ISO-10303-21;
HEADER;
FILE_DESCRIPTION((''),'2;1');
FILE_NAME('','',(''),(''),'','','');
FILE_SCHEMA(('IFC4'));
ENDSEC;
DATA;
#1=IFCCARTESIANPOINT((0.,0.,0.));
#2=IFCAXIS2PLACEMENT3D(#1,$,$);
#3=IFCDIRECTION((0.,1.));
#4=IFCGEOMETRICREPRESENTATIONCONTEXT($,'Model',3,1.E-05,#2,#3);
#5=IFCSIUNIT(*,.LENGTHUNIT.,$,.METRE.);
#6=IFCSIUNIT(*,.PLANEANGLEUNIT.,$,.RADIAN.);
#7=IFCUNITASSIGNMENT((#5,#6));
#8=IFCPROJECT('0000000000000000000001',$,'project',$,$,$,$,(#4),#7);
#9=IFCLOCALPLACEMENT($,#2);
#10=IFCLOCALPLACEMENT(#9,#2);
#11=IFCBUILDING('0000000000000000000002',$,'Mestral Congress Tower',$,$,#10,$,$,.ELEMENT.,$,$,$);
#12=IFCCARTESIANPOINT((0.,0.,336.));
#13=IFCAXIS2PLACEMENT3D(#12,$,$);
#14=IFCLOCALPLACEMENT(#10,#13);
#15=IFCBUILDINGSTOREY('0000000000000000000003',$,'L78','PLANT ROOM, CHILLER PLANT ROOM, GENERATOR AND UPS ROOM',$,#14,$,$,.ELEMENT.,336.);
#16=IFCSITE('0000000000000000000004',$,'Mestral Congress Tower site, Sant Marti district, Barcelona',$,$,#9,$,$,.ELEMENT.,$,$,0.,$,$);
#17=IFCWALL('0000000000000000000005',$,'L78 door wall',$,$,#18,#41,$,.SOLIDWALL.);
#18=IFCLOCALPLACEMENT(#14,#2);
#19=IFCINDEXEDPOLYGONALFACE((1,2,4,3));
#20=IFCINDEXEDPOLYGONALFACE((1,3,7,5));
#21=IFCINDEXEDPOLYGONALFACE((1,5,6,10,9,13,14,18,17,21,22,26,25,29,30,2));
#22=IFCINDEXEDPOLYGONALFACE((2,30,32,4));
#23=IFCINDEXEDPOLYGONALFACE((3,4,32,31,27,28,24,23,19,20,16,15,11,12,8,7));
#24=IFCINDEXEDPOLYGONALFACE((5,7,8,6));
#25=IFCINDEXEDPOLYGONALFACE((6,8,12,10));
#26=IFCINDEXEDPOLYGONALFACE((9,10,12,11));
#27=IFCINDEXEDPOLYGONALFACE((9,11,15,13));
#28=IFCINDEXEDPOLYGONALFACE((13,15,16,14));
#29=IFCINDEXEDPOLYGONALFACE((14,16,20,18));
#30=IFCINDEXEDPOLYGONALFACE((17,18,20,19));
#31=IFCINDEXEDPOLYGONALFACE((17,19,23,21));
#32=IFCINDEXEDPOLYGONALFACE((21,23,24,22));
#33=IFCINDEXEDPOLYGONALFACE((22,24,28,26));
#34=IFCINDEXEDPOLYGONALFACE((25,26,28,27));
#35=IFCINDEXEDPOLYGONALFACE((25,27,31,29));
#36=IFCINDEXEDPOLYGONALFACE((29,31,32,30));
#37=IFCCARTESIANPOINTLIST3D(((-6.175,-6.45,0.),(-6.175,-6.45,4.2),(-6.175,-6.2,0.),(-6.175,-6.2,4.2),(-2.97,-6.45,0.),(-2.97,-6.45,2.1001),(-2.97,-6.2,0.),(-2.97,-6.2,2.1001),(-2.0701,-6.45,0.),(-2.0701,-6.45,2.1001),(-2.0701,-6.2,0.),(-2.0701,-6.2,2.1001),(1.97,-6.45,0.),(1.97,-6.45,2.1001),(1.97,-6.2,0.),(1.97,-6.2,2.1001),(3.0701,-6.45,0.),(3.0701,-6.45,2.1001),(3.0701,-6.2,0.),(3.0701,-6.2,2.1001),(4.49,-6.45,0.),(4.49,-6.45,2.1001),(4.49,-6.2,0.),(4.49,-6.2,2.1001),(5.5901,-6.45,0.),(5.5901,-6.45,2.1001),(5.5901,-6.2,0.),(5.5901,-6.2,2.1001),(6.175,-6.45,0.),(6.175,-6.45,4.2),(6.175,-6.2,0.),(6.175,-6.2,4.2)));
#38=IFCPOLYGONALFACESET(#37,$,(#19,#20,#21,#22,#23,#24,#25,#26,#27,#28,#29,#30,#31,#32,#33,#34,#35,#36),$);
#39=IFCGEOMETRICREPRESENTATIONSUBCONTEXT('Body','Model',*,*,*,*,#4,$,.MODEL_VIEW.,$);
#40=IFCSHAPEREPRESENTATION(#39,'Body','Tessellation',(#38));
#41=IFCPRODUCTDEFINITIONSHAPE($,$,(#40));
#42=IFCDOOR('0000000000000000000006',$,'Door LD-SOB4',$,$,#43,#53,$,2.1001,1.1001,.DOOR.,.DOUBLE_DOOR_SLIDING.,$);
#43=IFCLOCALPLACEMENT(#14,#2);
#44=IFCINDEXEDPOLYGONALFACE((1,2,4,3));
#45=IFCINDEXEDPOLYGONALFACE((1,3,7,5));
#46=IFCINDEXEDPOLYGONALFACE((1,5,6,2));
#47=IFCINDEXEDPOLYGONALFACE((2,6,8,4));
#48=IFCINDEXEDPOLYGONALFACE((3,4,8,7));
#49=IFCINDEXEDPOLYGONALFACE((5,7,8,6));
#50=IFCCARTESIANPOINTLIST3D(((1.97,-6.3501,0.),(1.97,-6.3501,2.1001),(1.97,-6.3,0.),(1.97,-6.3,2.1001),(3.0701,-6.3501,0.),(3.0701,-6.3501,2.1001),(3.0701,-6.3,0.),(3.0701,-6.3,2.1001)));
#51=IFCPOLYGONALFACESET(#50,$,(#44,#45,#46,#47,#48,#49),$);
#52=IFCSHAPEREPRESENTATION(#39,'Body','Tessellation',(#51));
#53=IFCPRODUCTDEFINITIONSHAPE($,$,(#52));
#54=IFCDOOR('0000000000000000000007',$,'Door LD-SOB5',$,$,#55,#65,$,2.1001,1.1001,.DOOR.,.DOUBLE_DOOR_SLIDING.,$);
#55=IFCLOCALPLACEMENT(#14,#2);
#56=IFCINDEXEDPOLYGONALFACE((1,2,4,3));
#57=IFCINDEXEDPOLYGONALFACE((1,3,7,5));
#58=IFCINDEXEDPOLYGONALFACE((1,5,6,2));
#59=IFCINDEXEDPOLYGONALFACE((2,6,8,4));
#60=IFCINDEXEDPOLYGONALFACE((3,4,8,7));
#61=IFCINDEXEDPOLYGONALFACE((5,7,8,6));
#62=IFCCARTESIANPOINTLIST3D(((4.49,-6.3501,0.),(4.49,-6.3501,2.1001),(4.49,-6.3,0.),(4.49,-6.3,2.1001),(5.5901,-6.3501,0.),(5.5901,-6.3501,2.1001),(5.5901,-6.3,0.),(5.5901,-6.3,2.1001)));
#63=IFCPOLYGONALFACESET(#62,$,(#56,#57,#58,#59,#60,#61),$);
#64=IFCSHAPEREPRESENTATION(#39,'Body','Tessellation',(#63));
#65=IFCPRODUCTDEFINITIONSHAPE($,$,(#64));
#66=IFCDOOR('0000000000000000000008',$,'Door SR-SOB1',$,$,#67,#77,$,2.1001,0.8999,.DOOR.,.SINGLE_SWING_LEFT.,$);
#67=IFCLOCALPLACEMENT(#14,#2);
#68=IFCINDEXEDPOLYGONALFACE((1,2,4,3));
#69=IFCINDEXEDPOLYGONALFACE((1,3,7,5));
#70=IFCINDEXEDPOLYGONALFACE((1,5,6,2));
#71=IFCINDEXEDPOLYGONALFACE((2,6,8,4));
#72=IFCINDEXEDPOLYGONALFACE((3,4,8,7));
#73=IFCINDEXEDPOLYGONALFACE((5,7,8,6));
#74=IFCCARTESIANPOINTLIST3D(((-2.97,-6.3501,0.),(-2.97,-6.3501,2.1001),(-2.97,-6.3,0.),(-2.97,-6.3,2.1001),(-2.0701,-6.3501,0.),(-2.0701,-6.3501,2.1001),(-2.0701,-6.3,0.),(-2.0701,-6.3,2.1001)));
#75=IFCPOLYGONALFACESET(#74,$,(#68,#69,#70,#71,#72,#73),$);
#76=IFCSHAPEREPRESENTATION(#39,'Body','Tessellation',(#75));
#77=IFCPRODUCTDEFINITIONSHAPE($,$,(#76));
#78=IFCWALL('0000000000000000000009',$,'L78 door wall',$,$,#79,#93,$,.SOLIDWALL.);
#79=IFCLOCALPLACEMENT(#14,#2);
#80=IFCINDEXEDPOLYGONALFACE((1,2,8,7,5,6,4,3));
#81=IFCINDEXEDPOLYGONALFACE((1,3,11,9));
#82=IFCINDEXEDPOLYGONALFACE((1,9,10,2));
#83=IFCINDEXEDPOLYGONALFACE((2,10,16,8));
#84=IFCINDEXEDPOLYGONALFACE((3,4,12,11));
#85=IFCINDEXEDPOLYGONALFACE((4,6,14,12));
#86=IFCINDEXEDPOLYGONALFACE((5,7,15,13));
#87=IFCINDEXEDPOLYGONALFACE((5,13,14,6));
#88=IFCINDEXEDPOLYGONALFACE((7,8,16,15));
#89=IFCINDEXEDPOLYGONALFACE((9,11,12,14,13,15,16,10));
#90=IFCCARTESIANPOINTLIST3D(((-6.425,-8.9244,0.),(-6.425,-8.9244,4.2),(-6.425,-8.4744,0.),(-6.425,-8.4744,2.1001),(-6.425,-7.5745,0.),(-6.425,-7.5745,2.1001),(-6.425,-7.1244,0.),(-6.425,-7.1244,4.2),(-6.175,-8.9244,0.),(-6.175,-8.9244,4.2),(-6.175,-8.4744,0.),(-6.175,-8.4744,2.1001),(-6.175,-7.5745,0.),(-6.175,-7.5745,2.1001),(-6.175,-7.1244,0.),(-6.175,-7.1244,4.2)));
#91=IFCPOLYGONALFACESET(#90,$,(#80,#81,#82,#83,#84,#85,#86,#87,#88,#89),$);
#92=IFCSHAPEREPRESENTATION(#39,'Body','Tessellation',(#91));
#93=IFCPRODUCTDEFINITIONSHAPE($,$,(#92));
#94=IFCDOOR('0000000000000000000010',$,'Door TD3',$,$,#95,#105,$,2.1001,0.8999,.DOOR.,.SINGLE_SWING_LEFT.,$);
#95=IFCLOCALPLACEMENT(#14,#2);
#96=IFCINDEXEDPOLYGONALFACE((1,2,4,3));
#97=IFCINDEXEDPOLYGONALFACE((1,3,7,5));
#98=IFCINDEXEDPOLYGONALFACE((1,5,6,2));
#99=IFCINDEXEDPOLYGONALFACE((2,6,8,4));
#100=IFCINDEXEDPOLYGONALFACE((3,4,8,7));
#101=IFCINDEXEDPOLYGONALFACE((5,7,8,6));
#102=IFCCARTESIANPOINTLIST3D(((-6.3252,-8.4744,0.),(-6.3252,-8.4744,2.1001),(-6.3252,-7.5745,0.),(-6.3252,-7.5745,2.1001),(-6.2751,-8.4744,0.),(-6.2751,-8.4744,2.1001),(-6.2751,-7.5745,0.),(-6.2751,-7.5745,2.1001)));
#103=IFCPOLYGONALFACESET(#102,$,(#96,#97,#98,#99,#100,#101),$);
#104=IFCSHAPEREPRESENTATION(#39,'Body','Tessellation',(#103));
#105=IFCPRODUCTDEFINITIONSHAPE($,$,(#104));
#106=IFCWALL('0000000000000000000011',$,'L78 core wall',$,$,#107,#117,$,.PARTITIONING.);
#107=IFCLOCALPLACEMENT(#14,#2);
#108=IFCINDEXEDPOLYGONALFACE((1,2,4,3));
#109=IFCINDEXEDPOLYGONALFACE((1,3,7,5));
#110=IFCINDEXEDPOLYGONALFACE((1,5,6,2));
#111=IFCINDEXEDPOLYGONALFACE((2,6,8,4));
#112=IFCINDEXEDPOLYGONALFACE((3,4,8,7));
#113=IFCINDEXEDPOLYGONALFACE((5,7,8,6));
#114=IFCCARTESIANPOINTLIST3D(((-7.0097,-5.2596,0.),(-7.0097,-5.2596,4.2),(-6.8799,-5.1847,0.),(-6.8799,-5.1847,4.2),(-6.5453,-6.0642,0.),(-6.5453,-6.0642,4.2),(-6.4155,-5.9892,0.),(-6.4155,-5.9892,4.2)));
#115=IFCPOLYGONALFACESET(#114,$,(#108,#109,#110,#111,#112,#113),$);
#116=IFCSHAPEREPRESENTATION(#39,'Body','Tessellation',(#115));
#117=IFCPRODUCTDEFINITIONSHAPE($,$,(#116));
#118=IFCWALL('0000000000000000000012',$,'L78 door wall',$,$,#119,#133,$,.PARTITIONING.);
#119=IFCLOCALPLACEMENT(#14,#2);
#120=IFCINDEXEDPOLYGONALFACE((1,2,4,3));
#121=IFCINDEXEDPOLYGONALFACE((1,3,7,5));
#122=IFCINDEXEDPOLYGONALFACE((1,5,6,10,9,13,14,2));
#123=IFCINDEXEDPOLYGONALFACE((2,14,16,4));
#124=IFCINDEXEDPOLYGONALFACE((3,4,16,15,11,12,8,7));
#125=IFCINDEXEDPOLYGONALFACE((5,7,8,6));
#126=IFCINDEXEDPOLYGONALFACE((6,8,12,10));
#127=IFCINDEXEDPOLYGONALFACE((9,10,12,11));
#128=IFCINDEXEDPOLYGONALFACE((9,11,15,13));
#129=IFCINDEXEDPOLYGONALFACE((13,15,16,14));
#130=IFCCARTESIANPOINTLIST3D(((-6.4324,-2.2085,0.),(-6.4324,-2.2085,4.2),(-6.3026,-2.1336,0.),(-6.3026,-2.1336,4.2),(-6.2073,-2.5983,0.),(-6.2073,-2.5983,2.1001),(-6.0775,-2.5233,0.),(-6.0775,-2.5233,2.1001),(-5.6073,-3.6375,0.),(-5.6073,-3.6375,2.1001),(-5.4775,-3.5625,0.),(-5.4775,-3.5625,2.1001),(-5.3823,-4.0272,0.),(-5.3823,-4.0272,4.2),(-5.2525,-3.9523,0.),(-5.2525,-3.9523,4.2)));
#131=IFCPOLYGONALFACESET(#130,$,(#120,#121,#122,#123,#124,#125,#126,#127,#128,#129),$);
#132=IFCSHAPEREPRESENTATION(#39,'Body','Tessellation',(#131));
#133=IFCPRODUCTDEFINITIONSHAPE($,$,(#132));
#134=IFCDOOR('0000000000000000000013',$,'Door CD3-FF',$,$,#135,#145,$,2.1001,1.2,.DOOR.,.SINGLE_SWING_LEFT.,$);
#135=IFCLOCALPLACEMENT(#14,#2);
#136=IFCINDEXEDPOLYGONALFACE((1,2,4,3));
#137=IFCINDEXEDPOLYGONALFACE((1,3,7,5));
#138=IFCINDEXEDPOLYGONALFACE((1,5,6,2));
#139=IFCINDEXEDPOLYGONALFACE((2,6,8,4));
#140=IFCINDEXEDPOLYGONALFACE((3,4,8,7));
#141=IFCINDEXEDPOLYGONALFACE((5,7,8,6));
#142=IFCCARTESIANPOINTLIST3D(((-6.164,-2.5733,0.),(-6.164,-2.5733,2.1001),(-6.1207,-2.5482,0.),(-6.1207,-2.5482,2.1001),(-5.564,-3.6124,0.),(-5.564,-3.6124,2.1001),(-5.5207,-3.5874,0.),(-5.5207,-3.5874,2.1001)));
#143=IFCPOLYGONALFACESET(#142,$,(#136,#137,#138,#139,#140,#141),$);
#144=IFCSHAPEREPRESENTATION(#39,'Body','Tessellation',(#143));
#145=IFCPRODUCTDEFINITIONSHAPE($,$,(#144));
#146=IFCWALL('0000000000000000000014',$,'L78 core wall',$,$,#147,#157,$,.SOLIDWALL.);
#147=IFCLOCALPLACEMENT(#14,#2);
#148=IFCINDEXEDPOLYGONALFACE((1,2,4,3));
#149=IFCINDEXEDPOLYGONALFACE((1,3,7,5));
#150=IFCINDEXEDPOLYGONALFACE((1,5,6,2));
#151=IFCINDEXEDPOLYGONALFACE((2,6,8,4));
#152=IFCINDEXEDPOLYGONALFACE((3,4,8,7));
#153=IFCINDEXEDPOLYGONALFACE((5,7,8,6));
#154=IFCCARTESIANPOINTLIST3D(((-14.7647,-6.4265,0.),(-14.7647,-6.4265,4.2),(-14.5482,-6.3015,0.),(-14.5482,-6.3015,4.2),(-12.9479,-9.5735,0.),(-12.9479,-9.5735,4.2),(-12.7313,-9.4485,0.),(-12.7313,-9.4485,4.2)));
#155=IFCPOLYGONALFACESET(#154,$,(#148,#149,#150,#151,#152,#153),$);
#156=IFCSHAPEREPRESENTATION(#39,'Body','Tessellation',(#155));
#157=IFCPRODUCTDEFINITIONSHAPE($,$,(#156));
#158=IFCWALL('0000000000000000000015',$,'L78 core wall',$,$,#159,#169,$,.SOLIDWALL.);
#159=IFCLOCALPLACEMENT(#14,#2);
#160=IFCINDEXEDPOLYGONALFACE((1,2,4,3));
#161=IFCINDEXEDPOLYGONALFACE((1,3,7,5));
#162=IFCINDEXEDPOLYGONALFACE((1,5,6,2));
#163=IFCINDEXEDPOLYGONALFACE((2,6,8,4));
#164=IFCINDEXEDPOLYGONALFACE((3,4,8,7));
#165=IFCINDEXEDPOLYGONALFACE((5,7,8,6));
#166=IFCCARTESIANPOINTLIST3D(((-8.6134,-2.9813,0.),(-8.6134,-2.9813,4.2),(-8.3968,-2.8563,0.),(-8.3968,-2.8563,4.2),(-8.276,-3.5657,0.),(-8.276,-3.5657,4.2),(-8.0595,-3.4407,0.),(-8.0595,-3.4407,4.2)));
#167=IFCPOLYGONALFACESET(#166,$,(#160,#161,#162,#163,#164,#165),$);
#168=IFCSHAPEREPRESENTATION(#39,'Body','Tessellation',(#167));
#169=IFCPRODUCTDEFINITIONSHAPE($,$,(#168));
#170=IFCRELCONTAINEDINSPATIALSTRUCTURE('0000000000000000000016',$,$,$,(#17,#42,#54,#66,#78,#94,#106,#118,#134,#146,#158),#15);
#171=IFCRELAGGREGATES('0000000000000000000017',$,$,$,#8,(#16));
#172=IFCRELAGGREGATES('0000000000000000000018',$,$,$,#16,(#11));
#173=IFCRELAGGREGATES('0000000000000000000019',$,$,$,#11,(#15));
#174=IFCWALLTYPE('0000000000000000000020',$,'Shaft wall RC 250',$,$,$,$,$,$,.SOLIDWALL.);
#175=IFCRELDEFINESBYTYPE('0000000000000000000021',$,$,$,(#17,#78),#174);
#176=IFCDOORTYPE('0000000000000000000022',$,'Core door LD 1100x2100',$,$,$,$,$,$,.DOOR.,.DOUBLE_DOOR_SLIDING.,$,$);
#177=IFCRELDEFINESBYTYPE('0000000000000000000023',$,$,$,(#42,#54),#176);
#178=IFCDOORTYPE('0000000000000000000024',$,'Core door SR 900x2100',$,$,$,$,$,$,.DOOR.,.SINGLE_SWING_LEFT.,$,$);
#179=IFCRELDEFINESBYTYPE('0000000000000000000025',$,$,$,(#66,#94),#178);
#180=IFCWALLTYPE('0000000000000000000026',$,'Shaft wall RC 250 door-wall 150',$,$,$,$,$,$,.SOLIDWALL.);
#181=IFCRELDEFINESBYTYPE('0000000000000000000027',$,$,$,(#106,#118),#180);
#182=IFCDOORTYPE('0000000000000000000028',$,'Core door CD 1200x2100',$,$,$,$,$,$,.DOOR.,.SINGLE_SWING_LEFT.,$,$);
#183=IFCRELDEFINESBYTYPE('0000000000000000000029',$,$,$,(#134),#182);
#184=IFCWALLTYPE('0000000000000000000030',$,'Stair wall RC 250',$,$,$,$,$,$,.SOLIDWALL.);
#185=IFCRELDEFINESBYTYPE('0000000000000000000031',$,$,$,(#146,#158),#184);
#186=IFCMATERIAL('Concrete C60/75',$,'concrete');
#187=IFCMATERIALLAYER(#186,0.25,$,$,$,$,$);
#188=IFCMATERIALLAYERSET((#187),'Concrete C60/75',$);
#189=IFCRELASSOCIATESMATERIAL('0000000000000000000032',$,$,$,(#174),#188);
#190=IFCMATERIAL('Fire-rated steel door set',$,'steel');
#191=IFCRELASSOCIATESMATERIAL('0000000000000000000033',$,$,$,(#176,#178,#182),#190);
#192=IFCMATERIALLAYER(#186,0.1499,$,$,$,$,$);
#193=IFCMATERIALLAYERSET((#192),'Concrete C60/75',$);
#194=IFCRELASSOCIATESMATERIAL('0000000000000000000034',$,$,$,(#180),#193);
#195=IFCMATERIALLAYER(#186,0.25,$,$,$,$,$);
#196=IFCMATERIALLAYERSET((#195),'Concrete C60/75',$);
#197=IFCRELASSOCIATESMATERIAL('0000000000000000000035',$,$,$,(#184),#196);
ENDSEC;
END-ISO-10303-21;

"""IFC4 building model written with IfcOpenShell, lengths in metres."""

from ifc_helpers import new_model, si_unit, direction, frame, frame_2d, origin, place, context, subcontext, project, spatial, rectangle, extrude, material, layer, layer_set, type_object, element, fill, save


model = new_model("IFC4")

# Units and contexts
model_context = context("Model", 3, precision=1e-05, world=origin(), true_north=direction((0.0, 1.0)))
body_context = subcontext(model_context, "Body", "Model", "MODEL_VIEW")
ifc_project = project(units=[si_unit("LENGTHUNIT", "METRE"), si_unit("PLANEANGLEUNIT", "RADIAN")], contexts=[model_context])

# Site, building, storey
site_placement = place(None, origin())
site = spatial("IfcSite", under=ifc_project, at=site_placement, Name="Mestral Congress Tower site, Sant Marti district, Barcelona", CompositionType="ELEMENT", RefElevation=0.0)
building_placement = place(site_placement, origin())
building = spatial("IfcBuilding", under=site, at=building_placement, Name="Mestral Congress Tower", CompositionType="ELEMENT")
storey_placement = place(building_placement, frame((0.0, 0.0, 336.0)))
storey = spatial("IfcBuildingStorey", under=building, at=storey_placement, Name="L78", Description="PLANT ROOM, CHILLER PLANT ROOM, GENERATOR AND UPS ROOM", CompositionType="ELEMENT", Elevation=336.0)

# Shared definitions
ifc_material_1 = material(Name="Concrete C60/75", Category="concrete")
ifc_layer_1 = layer(ifc_material_1, 0.25)
ifc_layer_set_1 = layer_set([ifc_layer_1], Name="Concrete C60/75")
wall_type_1 = type_object("IfcWallType", Name="Shaft wall RC 250", PredefinedType="SOLIDWALL", material=ifc_layer_set_1)

# Wall, openings, doors
wall_1_placement = place(storey_placement, frame((-6.175, -6.325, 0.0), z_axis=(0.0, 0.0, 1.0), x_axis=(1.0, 0.0, 0.0)))
wall_1 = element("IfcWall", 1, at=wall_1_placement, inside=storey, type_object=wall_type_1, Name="L78 door wall", PredefinedType="SOLIDWALL", context=body_context, shape_type="SweptSolid", body=[
    extrude(rectangle(XDim=12.3501, YDim=0.25, at=frame_2d((6.175, 0.0))), origin(), (0.0, 0.0, 1.0), 4.2),
])
opening_1_placement = place(wall_1_placement, frame((3.2051, 0.0, 0.0)))
opening_1 = element("IfcOpeningElement", 2, at=opening_1_placement, cuts=wall_1, PredefinedType="OPENING", context=body_context, shape_type="SweptSolid", body=[
    extrude(rectangle(XDim=0.8999, YDim=2.1001, at=frame_2d((0.45, 1.05))), frame((0.0, 0.135, 0.0), z_axis=(0.0, -1.0, 0.0), x_axis=(1.0, 0.0, 0.0)), (0.0, 0.0, 1.0), 0.27),
])
opening_2_placement = place(wall_1_placement, frame((8.145, 0.0, 0.0)))
opening_2 = element("IfcOpeningElement", 3, at=opening_2_placement, cuts=wall_1, PredefinedType="OPENING", context=body_context, shape_type="SweptSolid", body=[
    extrude(rectangle(XDim=1.1001, YDim=2.1001, at=frame_2d((0.55, 1.05))), frame((0.0, 0.135, 0.0), z_axis=(0.0, -1.0, 0.0), x_axis=(1.0, 0.0, 0.0)), (0.0, 0.0, 1.0), 0.27),
])
opening_3_placement = place(wall_1_placement, frame((10.665, 0.0, 0.0)))
opening_3 = element("IfcOpeningElement", 4, at=opening_3_placement, cuts=wall_1, PredefinedType="OPENING", context=body_context, shape_type="SweptSolid", body=[
    extrude(rectangle(XDim=1.1001, YDim=2.1001, at=frame_2d((0.55, 1.05))), frame((0.0, 0.135, 0.0), z_axis=(0.0, -1.0, 0.0), x_axis=(1.0, 0.0, 0.0)), (0.0, 0.0, 1.0), 0.27),
])
ifc_material_2 = material(Name="Fire-rated steel door set", Category="steel")
door_type_1 = type_object("IfcDoorType", Name="Core door LD 1100x2100", OperationType="DOUBLE_DOOR_SLIDING", PredefinedType="DOOR", material=ifc_material_2)
door_1_placement = place(opening_2_placement, origin())
door_1 = element("IfcDoor", 5, at=door_1_placement, inside=storey, type_object=door_type_1, Name="Door LD-SOB4", OperationType="DOUBLE_DOOR_SLIDING", OverallHeight=2.1001, OverallWidth=1.1001, PredefinedType="DOOR", context=body_context, shape_type="SweptSolid", body=[
    extrude(rectangle(XDim=1.1001, YDim=2.1001, at=frame_2d((0.55, 1.05))), frame((0.0, 0.0249, 0.0), z_axis=(0.0, -1.0, 0.0), x_axis=(1.0, 0.0, 0.0)), (0.0, 0.0, 1.0), 0.05),
])
fill(opening_2, door_1)
door_2_placement = place(opening_3_placement, origin())
door_2 = element("IfcDoor", 6, at=door_2_placement, inside=storey, type_object=door_type_1, Name="Door LD-SOB5", OperationType="DOUBLE_DOOR_SLIDING", OverallHeight=2.1001, OverallWidth=1.1001, PredefinedType="DOOR", context=body_context, shape_type="SweptSolid", body=[
    extrude(rectangle(XDim=1.1001, YDim=2.1001, at=frame_2d((0.55, 1.05))), frame((0.0, 0.0249, 0.0), z_axis=(0.0, -1.0, 0.0), x_axis=(1.0, 0.0, 0.0)), (0.0, 0.0, 1.0), 0.05),
])
fill(opening_3, door_2)
door_type_2 = type_object("IfcDoorType", Name="Core door SR 900x2100", OperationType="SINGLE_SWING_LEFT", PredefinedType="DOOR", material=ifc_material_2)
door_3_placement = place(opening_1_placement, origin())
door_3 = element("IfcDoor", 7, at=door_3_placement, inside=storey, type_object=door_type_2, Name="Door SR-SOB1", OperationType="SINGLE_SWING_LEFT", OverallHeight=2.1001, OverallWidth=0.8999, PredefinedType="DOOR", context=body_context, shape_type="SweptSolid", body=[
    extrude(rectangle(XDim=0.8999, YDim=2.1001, at=frame_2d((0.45, 1.05))), frame((0.0, 0.0249, 0.0), z_axis=(0.0, -1.0, 0.0), x_axis=(1.0, 0.0, 0.0)), (0.0, 0.0, 1.0), 0.05),
])
fill(opening_1, door_3)

# Wall, opening, door
wall_2_placement = place(storey_placement, frame((-6.3, -7.1245, 0.0), z_axis=(0.0, 0.0, 1.0), x_axis=(0.0, -1.0, 0.0)))
wall_2 = element("IfcWall", 8, at=wall_2_placement, inside=storey, type_object=wall_type_1, Name="L78 door wall", PredefinedType="SOLIDWALL", context=body_context, shape_type="SweptSolid", body=[
    extrude(rectangle(XDim=1.8, YDim=0.25, at=frame_2d((0.8999, 0.0))), origin(), (0.0, 0.0, 1.0), 4.2),
])
opening_4_placement = place(wall_2_placement, frame((0.45, 0.0, 0.0)))
opening_4 = element("IfcOpeningElement", 9, at=opening_4_placement, cuts=wall_2, PredefinedType="OPENING", context=body_context, shape_type="SweptSolid", body=[
    extrude(rectangle(XDim=0.8999, YDim=2.1001, at=frame_2d((0.45, 1.05))), frame((0.0, 0.135, 0.0), z_axis=(0.0, -1.0, 0.0), x_axis=(1.0, 0.0, 0.0)), (0.0, 0.0, 1.0), 0.27),
])
door_4_placement = place(opening_4_placement, origin())
door_4 = element("IfcDoor", 10, at=door_4_placement, inside=storey, type_object=door_type_2, Name="Door TD3", OperationType="SINGLE_SWING_LEFT", OverallHeight=2.1001, OverallWidth=0.8999, PredefinedType="DOOR", context=body_context, shape_type="SweptSolid", body=[
    extrude(rectangle(XDim=0.8999, YDim=2.1001, at=frame_2d((0.45, 1.05))), frame((0.0, 0.0249, 0.0), z_axis=(0.0, -1.0, 0.0), x_axis=(1.0, 0.0, 0.0)), (0.0, 0.0, 1.0), 0.05),
])
fill(opening_4, door_4)

# Wall
ifc_layer_2 = layer(ifc_material_1, 0.1499)
ifc_layer_set_2 = layer_set([ifc_layer_2], Name="Concrete C60/75")
wall_type_2 = type_object("IfcWallType", Name="Shaft wall RC 250 door-wall 150", PredefinedType="SOLIDWALL", material=ifc_layer_set_2)
wall_3_placement = place(storey_placement, frame((-6.4805, -6.0266, 0.0), z_axis=(0.0, 0.0, 1.0), x_axis=(-0.499927, 0.866067, 0.0)))
element("IfcWall", 11, at=wall_3_placement, inside=storey, type_object=wall_type_2, Name="L78 core wall", PredefinedType="PARTITIONING", context=body_context, shape_type="SweptSolid", body=[
    extrude(rectangle(XDim=0.929, YDim=0.1499, at=frame_2d((0.4644, 0.0))), origin(), (0.0, 0.0, 1.0), 4.2),
])

# Wall, opening, door
wall_4_placement = place(storey_placement, frame((-5.3174, -3.9897, 0.0), z_axis=(0.0, 0.0, 1.0), x_axis=(-0.500028, 0.866009, 0.0)))
wall_4 = element("IfcWall", 12, at=wall_4_placement, inside=storey, type_object=wall_type_2, Name="L78 door wall", PredefinedType="PARTITIONING", context=body_context, shape_type="SweptSolid", body=[
    extrude(rectangle(XDim=2.1001, YDim=0.1499, at=frame_2d((1.05, 0.0))), origin(), (0.0, 0.0, 1.0), 4.2),
])
opening_5_placement = place(wall_4_placement, frame((0.45, 0.0, 0.0)))
opening_5 = element("IfcOpeningElement", 13, at=opening_5_placement, cuts=wall_4, PredefinedType="OPENING", context=body_context, shape_type="SweptSolid", body=[
    extrude(rectangle(XDim=1.2, YDim=2.1001, at=frame_2d((0.6001, 1.05))), frame((0.0, 0.085, 0.0), z_axis=(0.0, -1.0, 0.0), x_axis=(1.0, 0.0, 0.0)), (0.0, 0.0, 1.0), 0.1699),
])
door_type_3 = type_object("IfcDoorType", Name="Core door CD 1200x2100", OperationType="SINGLE_SWING_LEFT", PredefinedType="DOOR", material=ifc_material_2)
door_5_placement = place(opening_5_placement, origin())
door_5 = element("IfcDoor", 14, at=door_5_placement, inside=storey, type_object=door_type_3, Name="Door CD3-FF", OperationType="SINGLE_SWING_LEFT", OverallHeight=2.1001, OverallWidth=1.2, PredefinedType="DOOR", context=body_context, shape_type="SweptSolid", body=[
    extrude(rectangle(XDim=1.2, YDim=2.1001, at=frame_2d((0.6001, 1.05))), frame((0.0, 0.0249, 0.0), z_axis=(0.0, -1.0, 0.0), x_axis=(1.0, 0.0, 0.0)), (0.0, 0.0, 1.0), 0.05),
])
fill(opening_5, door_5)

# Walls
ifc_layer_3 = layer(ifc_material_1, 0.25)
ifc_layer_set_3 = layer_set([ifc_layer_3], Name="Concrete C60/75")
wall_type_3 = type_object("IfcWallType", Name="Stair wall RC 250", PredefinedType="SOLIDWALL", material=ifc_layer_set_3)
wall_5_placement = place(storey_placement, frame((-12.8396, -9.511, 0.0), z_axis=(0.0, 0.0, 1.0), x_axis=(-0.499998, 0.866027, 0.0)))
element("IfcWall", 15, at=wall_5_placement, inside=storey, type_object=wall_type_3, Name="L78 core wall", PredefinedType="SOLIDWALL", context=body_context, shape_type="SweptSolid", body=[
    extrude(rectangle(XDim=3.6338, YDim=0.25, at=frame_2d((1.8169, 0.0))), origin(), (0.0, 0.0, 1.0), 4.2),
])
wall_6_placement = place(storey_placement, frame((-8.1677, -3.5032, 0.0), z_axis=(0.0, 0.0, 1.0), x_axis=(-0.499952, 0.866053, 0.0)))
element("IfcWall", 16, at=wall_6_placement, inside=storey, type_object=wall_type_3, Name="L78 core wall", PredefinedType="SOLIDWALL", context=body_context, shape_type="SweptSolid", body=[
    extrude(rectangle(XDim=0.6748, YDim=0.25, at=frame_2d((0.3374, 0.0))), origin(), (0.0, 0.0, 1.0), 4.2),
])

save(model, "model.ifc")
